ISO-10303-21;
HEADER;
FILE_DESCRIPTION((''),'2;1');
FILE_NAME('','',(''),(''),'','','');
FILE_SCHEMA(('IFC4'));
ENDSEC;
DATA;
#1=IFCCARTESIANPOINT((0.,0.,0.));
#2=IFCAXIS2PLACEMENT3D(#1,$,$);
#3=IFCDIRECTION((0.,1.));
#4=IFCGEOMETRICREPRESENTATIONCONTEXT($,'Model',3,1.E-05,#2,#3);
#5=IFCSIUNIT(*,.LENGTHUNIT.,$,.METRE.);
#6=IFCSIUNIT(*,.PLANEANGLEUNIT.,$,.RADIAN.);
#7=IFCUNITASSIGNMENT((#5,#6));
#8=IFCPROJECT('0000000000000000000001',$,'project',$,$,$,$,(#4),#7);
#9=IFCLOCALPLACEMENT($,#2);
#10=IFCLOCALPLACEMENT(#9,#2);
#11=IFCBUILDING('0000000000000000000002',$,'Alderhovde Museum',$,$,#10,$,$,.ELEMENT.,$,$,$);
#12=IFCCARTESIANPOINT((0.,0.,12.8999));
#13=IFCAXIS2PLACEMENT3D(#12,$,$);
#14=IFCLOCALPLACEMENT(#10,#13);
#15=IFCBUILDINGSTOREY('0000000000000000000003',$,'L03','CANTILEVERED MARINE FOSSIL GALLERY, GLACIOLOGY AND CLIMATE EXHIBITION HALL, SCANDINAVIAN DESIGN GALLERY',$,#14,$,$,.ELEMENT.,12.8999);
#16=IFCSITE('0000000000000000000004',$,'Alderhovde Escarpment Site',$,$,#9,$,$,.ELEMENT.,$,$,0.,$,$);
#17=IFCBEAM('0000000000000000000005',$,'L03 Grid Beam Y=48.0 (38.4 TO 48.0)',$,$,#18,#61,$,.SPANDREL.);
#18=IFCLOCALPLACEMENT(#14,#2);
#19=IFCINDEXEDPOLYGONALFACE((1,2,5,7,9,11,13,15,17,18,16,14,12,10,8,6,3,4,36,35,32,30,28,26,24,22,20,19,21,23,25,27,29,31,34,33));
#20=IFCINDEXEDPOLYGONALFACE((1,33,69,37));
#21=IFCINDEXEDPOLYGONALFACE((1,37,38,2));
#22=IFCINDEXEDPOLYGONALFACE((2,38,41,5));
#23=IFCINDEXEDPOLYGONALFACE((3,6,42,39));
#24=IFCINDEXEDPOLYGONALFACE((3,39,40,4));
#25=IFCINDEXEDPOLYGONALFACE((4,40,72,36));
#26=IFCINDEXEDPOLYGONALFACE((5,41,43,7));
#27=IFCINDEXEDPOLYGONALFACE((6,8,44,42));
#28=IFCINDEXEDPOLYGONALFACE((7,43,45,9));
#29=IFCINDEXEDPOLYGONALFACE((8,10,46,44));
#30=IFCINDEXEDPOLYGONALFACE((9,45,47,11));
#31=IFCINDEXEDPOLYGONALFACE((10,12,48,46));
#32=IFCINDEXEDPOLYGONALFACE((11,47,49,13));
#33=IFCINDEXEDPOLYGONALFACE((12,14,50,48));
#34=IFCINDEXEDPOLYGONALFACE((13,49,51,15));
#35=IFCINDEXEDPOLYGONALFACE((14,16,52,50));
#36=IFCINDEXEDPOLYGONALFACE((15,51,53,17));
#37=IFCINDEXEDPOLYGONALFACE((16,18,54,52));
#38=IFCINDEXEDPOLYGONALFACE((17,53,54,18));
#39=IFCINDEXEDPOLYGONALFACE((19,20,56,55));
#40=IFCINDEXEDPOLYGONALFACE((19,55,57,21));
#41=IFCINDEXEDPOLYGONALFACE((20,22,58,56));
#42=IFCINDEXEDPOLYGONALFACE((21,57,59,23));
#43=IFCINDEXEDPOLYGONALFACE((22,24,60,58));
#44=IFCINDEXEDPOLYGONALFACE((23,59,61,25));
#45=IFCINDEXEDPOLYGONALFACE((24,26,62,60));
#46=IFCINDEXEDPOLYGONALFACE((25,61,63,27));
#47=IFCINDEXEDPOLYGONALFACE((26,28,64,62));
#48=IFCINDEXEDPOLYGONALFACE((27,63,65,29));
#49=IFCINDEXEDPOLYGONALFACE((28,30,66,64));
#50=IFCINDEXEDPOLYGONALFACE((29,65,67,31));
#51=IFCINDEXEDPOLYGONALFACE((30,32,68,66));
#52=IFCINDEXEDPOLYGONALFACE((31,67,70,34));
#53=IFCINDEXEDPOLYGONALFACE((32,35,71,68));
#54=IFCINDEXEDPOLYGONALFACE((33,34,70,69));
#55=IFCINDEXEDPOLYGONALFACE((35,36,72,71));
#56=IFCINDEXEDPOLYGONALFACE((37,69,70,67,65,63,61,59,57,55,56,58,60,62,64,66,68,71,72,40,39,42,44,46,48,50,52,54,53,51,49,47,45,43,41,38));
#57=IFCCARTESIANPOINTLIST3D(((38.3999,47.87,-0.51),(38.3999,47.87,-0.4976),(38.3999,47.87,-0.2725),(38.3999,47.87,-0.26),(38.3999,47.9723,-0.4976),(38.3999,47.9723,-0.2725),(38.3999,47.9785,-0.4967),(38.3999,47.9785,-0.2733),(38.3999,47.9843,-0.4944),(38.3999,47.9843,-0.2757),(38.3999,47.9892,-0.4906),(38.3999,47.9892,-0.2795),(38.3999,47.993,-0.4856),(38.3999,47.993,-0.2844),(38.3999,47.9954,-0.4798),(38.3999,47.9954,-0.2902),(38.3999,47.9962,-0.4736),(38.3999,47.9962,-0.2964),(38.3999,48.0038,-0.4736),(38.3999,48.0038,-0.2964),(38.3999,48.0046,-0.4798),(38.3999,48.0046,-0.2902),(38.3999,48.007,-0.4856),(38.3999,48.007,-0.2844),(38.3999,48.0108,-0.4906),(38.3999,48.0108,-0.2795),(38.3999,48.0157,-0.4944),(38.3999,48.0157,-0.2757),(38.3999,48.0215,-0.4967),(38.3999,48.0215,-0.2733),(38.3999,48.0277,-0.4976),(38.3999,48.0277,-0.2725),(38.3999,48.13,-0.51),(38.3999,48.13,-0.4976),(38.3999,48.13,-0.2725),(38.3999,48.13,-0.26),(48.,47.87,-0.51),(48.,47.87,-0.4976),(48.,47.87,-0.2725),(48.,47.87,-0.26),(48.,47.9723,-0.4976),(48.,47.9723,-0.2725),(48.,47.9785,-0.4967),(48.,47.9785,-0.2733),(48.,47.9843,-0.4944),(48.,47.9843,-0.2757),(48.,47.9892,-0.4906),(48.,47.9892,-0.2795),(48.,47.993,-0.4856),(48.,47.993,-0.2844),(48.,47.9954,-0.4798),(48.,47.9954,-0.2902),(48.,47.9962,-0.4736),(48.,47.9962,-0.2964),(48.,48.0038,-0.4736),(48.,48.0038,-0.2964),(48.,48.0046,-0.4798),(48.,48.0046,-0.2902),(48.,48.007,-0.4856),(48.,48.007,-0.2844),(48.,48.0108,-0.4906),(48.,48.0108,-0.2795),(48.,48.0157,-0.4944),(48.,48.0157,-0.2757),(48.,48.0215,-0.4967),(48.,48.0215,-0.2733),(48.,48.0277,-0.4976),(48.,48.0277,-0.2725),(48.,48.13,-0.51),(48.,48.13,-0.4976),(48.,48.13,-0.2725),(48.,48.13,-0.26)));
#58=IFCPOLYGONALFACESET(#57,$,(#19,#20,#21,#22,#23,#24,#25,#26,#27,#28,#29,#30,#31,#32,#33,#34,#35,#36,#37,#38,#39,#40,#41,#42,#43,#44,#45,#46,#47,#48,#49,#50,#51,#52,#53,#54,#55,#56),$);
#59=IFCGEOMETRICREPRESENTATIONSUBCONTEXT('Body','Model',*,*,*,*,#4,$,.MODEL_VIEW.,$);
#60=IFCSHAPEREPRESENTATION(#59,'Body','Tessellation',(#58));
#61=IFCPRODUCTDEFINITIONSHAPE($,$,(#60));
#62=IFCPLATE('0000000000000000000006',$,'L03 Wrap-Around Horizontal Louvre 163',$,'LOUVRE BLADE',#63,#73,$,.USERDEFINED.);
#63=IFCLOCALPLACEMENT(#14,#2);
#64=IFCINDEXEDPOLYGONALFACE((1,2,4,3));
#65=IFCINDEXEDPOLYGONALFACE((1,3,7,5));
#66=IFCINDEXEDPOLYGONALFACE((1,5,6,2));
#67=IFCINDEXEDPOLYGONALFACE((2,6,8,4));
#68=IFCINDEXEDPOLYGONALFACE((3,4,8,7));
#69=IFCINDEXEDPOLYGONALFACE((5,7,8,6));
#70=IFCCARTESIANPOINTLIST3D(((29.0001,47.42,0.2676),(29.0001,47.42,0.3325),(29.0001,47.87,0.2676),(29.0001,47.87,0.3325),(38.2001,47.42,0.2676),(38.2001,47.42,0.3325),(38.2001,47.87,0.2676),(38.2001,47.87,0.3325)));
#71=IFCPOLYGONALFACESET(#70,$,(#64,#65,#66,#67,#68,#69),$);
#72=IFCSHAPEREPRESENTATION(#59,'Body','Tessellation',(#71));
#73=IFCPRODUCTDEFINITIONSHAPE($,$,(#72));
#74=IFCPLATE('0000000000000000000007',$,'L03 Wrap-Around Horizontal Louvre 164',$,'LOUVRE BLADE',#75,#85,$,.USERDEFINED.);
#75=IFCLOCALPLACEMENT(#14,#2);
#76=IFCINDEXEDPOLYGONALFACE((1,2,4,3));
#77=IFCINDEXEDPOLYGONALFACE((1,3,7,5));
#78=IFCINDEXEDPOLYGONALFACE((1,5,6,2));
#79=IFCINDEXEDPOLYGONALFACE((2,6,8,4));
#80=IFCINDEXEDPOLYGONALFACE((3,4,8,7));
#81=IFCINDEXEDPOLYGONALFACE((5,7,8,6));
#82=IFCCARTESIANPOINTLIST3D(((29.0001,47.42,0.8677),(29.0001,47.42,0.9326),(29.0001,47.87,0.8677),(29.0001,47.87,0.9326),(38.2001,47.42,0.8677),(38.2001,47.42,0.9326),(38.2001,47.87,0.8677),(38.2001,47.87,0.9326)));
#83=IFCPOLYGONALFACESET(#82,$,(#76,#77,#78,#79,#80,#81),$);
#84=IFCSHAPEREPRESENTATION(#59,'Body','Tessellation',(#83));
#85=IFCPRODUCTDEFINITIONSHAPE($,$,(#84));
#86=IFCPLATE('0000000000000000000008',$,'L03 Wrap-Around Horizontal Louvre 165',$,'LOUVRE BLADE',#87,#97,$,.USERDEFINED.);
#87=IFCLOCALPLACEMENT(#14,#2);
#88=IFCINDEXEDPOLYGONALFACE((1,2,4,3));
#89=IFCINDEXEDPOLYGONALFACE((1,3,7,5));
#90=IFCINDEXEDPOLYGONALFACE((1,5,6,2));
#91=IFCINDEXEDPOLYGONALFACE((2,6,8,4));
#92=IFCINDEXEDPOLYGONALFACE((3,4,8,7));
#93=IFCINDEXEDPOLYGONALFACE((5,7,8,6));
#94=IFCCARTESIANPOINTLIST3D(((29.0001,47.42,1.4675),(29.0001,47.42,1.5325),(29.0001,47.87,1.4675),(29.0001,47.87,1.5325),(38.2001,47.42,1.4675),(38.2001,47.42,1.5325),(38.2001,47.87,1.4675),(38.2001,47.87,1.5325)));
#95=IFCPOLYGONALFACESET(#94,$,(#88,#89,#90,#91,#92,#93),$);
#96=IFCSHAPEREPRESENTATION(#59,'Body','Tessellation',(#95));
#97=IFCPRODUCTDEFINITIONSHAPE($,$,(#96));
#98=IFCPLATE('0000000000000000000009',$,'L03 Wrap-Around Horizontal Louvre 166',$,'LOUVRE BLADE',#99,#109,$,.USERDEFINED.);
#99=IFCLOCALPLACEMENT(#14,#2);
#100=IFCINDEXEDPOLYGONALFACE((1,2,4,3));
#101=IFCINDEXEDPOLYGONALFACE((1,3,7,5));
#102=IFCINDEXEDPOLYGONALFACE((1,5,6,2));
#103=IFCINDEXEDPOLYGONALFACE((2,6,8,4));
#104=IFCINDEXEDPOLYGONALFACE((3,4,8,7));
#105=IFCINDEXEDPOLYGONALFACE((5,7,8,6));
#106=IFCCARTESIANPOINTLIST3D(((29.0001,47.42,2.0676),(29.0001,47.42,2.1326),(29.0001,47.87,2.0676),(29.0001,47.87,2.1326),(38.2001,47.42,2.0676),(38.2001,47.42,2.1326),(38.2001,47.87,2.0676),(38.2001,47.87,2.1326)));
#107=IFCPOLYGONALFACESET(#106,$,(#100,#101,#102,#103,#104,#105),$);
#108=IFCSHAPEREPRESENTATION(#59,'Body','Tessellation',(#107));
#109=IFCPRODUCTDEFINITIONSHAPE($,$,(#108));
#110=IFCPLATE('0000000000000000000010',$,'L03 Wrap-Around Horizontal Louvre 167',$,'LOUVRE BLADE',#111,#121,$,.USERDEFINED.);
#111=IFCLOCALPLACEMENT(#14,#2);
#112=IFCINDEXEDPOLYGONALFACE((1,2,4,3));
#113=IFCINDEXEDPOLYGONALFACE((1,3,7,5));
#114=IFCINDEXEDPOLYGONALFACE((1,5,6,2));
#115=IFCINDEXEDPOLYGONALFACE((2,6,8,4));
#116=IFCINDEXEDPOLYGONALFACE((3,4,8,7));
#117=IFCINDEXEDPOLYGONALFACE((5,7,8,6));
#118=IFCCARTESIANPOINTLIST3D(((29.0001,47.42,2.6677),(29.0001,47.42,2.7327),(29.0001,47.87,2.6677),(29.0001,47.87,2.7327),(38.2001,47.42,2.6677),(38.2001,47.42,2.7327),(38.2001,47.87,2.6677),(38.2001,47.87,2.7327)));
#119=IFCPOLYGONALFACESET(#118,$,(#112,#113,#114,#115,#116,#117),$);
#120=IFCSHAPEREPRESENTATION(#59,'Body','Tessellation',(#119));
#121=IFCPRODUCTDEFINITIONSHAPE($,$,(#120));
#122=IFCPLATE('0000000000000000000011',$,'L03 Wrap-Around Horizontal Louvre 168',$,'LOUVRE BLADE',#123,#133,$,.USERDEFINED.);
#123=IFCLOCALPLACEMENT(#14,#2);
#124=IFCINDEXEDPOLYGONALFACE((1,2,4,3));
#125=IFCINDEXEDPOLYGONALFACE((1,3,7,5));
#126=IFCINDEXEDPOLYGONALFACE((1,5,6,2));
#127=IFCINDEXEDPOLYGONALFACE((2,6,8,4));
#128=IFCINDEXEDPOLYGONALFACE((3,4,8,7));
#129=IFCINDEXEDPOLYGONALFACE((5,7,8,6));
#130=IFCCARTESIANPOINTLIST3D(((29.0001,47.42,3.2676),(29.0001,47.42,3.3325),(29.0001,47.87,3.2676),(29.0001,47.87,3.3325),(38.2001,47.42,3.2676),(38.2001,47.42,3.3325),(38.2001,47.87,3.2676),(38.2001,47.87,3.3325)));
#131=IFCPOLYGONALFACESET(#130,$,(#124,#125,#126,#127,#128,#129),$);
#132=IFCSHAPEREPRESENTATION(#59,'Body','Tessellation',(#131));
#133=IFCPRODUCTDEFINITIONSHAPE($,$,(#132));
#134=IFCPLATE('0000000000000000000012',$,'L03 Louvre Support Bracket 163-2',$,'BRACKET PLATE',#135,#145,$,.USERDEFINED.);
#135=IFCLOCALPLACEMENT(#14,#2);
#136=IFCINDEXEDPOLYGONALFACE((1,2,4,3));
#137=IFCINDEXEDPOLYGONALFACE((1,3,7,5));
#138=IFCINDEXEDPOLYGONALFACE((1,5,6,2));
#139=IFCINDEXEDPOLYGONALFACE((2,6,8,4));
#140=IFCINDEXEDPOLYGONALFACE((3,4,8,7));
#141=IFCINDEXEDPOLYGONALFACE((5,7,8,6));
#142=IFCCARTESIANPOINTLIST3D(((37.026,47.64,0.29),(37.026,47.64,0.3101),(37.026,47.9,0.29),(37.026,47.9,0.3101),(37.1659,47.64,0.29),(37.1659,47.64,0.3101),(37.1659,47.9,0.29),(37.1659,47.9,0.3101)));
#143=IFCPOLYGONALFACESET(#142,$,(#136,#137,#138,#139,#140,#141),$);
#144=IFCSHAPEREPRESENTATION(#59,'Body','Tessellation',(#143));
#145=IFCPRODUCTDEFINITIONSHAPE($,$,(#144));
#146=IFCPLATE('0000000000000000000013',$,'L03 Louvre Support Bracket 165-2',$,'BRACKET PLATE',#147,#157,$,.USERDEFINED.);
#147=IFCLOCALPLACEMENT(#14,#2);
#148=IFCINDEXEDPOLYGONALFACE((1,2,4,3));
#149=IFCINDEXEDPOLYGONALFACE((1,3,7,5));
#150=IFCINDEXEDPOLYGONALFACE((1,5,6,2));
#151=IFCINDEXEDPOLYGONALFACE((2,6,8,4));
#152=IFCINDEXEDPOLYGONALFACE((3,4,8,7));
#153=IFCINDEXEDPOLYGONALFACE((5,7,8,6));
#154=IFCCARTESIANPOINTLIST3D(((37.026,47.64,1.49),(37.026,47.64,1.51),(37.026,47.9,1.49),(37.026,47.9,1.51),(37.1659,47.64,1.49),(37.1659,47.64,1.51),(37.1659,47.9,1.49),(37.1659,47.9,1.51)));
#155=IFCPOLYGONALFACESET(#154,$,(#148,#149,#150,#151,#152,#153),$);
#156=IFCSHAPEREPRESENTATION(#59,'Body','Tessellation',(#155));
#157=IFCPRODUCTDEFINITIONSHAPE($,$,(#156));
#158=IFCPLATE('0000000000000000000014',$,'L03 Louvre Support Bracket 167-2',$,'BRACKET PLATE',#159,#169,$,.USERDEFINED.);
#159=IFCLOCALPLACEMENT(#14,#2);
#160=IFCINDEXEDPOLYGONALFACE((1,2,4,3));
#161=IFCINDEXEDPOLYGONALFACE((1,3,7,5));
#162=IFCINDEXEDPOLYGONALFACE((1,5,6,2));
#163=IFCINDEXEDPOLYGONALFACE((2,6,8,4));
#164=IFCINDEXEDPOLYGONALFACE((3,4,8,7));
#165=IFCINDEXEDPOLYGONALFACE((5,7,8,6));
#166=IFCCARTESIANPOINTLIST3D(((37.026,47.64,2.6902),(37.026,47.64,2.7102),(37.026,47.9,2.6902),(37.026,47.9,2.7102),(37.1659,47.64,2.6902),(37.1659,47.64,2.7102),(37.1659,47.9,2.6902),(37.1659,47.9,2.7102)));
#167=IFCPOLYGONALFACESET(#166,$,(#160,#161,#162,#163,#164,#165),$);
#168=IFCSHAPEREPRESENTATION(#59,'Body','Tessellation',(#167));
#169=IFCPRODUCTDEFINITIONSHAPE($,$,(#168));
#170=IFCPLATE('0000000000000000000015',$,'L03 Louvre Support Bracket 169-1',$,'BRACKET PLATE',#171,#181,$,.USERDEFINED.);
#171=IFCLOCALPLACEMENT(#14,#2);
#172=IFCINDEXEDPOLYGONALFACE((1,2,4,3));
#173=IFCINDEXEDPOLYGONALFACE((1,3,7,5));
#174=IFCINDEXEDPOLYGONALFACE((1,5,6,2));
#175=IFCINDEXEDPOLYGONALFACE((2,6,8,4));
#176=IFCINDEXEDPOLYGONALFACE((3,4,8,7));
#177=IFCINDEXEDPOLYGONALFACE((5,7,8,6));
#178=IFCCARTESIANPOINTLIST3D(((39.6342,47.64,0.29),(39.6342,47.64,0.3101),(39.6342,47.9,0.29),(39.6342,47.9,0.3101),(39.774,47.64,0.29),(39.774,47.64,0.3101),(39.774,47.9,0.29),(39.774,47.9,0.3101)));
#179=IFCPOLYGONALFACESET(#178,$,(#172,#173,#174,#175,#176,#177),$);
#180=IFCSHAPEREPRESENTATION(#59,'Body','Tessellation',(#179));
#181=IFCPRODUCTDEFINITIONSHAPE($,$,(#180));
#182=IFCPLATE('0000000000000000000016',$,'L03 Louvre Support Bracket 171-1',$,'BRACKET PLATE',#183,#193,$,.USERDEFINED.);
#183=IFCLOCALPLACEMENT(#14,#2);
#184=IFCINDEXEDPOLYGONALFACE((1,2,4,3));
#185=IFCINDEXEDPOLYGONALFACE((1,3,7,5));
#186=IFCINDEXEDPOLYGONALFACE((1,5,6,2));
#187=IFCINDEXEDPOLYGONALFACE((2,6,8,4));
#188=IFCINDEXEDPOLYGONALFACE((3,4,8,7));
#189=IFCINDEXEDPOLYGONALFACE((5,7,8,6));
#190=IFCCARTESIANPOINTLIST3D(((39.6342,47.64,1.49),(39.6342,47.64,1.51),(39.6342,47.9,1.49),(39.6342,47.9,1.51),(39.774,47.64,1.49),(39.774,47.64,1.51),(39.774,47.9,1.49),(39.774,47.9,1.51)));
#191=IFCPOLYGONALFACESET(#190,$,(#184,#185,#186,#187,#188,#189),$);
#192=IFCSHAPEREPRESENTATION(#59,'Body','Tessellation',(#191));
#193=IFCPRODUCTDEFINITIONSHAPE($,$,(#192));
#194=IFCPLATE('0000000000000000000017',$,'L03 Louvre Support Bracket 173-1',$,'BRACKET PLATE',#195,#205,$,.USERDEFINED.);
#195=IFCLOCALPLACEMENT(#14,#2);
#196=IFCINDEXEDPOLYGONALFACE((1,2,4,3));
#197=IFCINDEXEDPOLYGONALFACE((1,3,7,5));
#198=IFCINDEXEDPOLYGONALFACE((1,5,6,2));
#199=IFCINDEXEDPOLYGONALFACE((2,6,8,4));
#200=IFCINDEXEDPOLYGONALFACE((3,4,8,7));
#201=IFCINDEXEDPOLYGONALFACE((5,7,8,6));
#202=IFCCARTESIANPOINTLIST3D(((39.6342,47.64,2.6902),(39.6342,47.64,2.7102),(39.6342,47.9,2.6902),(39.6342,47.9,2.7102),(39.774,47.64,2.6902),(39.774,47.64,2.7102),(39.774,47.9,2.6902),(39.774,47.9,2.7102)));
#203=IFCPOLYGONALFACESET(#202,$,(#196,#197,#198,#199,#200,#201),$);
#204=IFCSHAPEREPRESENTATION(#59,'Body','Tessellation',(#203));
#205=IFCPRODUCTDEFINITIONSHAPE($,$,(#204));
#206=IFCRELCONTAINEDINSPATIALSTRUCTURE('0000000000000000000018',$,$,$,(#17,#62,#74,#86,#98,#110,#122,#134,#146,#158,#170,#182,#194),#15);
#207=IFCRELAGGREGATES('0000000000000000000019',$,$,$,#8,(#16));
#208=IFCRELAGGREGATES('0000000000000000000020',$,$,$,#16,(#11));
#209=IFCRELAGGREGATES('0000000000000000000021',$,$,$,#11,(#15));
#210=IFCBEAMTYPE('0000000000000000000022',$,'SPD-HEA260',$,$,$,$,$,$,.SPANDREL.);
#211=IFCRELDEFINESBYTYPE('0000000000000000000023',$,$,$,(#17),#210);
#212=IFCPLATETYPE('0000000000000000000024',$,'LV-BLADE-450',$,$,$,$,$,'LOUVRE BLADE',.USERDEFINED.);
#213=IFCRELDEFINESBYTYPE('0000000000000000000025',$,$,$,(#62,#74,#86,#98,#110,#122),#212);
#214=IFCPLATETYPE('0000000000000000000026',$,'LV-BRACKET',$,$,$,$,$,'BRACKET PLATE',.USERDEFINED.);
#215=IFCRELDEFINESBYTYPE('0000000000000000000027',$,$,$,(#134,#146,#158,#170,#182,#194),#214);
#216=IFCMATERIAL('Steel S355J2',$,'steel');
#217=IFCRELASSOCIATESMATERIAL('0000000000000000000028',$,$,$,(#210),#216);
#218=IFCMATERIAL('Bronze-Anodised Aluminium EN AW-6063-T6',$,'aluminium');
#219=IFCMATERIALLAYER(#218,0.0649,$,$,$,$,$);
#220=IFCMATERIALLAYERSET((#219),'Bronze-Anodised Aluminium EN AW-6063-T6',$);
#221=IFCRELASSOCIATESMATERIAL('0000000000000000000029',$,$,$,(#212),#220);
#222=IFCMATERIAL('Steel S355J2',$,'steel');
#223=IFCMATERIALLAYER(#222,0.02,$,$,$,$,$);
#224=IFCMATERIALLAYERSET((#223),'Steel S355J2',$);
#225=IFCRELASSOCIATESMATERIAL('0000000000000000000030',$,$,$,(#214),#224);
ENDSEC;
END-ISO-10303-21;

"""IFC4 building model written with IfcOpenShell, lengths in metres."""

from ifc_helpers import new_model, si_unit, direction, frame, origin, origin_2d, place, context, subcontext, project, spatial, rectangle, i_section, extrude, material, layer, layer_set, material_profile, profile_set, type_object, element, save


model = new_model("IFC4")

# Units and contexts
model_context = context("Model", 3, precision=1e-05, world=origin(), true_north=direction((0.0, 1.0)))
body_context = subcontext(model_context, "Body", "Model", "MODEL_VIEW")
ifc_project = project(units=[si_unit("LENGTHUNIT", "METRE"), si_unit("PLANEANGLEUNIT", "RADIAN")], contexts=[model_context])

# Site, building, storey
site_placement = place(None, origin())
site = spatial("IfcSite", under=ifc_project, at=site_placement, Name="Alderhovde Escarpment Site", CompositionType="ELEMENT", RefElevation=0.0)
building_placement = place(site_placement, origin())
building = spatial("IfcBuilding", under=site, at=building_placement, Name="Alderhovde Museum", CompositionType="ELEMENT")
storey_placement = place(building_placement, frame((0.0, 0.0, 12.8999)))
storey = spatial("IfcBuildingStorey", under=building, at=storey_placement, Name="L03", Description="CANTILEVERED MARINE FOSSIL GALLERY, GLACIOLOGY AND CLIMATE EXHIBITION HALL, SCANDINAVIAN DESIGN GALLERY", CompositionType="ELEMENT", Elevation=12.8999)

# Beam
ifc_material_1 = material(Name="Steel S355J2", Category="steel")
ifc_material_profile_1 = material_profile(ifc_material_1, i_section(OverallWidth=0.26, OverallDepth=0.25, WebThickness=0.0076, FlangeThickness=0.0125, FilletRadius=0.0239, at=origin_2d()), Name="HEA 260")
ifc_profile_set_1 = profile_set([ifc_material_profile_1], Name="Steel S355J2")
beam_type_1 = type_object("IfcBeamType", Name="SPD-HEA260", PredefinedType="SPANDREL", material=ifc_profile_set_1)
beam_1_placement = place(storey_placement, frame((38.3999, 48.0, -0.385), z_axis=(1.0, 0.0, 0.0), x_axis=(0.0, 1.0, 0.0)))
element("IfcBeam", 1, at=beam_1_placement, inside=storey, type_object=beam_type_1, Name="L03 Grid Beam Y=48.0 (38.4 TO 48.0)", PredefinedType="SPANDREL", context=body_context, shape_type="SweptSolid", body=[
    extrude(i_section(OverallWidth=0.26, OverallDepth=0.25, WebThickness=0.0076, FlangeThickness=0.0125, FilletRadius=0.0239, at=origin_2d()), origin(), (0.0, 0.0, 1.0), 9.6001),
])

# Plates
ifc_material_2 = material(Name="Bronze-Anodised Aluminium EN AW-6063-T6", Category="aluminium")
ifc_layer_1 = layer(ifc_material_2, 0.0649)
ifc_layer_set_1 = layer_set([ifc_layer_1], Name="Bronze-Anodised Aluminium EN AW-6063-T6")
plate_type_1 = type_object("IfcPlateType", Name="LV-BLADE-450", ElementType="LOUVRE BLADE", PredefinedType="USERDEFINED", material=ifc_layer_set_1)
for number, where, z_axis, x_axis, name in (
    (2, (33.6001, 47.645, 0.2676), (0.0, 0.0, 1.0), (1.0, 0.0, 0.0), "L03 Wrap-Around Horizontal Louvre 163"),
    (3, (33.6001, 47.645, 0.8677), (0.0, 0.0, 1.0), (1.0, 0.0, 0.0), "L03 Wrap-Around Horizontal Louvre 164"),
    (4, (33.6001, 47.645, 1.4675), (0.0, 0.0, 1.0), (1.0, 0.0, 0.0), "L03 Wrap-Around Horizontal Louvre 165"),
    (5, (33.6001, 47.645, 2.0676), (0.0, 0.0, 1.0), (1.0, 0.0, 0.0), "L03 Wrap-Around Horizontal Louvre 166"),
    (6, (33.6001, 47.645, 2.6677), (0.0, 0.0, 1.0), (1.0, 0.0, 0.0), "L03 Wrap-Around Horizontal Louvre 167"),
    (7, (33.6001, 47.645, 3.2676), (0.0, 0.0, 1.0), (1.0, 0.0, 0.0), "L03 Wrap-Around Horizontal Louvre 168"),
):
    element("IfcPlate", number, at=place(storey_placement, frame(where, z_axis=z_axis, x_axis=x_axis)), inside=storey, type_object=plate_type_1, Name=name, ObjectType="LOUVRE BLADE", PredefinedType="USERDEFINED", context=body_context, shape_type="SweptSolid", body=[
        extrude(rectangle(XDim=9.2, YDim=0.45, at=origin_2d()), origin(), (0.0, 0.0, 1.0), 0.0649),
    ])
ifc_material_3 = material(Name="Steel S355J2", Category="steel")
ifc_layer_2 = layer(ifc_material_3, 0.02)
ifc_layer_set_2 = layer_set([ifc_layer_2], Name="Steel S355J2")
plate_type_2 = type_object("IfcPlateType", Name="LV-BRACKET", ElementType="BRACKET PLATE", PredefinedType="USERDEFINED", material=ifc_layer_set_2)
for number, where, z_axis, x_axis, name in (
    (8, (37.0959, 47.77, 0.29), (0.0, 0.0, 1.0), (1.0, 0.0, 0.0), "L03 Louvre Support Bracket 163-2"),
    (9, (37.0959, 47.77, 1.49), (0.0, 0.0, 1.0), (1.0, 0.0, 0.0), "L03 Louvre Support Bracket 165-2"),
    (10, (37.0959, 47.77, 2.6902), (0.0, 0.0, 1.0), (1.0, 0.0, 0.0), "L03 Louvre Support Bracket 167-2"),
    (11, (39.7041, 47.77, 0.29), (0.0, 0.0, 1.0), (1.0, 0.0, 0.0), "L03 Louvre Support Bracket 169-1"),
    (12, (39.7041, 47.77, 1.49), (0.0, 0.0, 1.0), (1.0, 0.0, 0.0), "L03 Louvre Support Bracket 171-1"),
    (13, (39.7041, 47.77, 2.6902), (0.0, 0.0, 1.0), (1.0, 0.0, 0.0), "L03 Louvre Support Bracket 173-1"),
):
    element("IfcPlate", number, at=place(storey_placement, frame(where, z_axis=z_axis, x_axis=x_axis)), inside=storey, type_object=plate_type_2, Name=name, ObjectType="BRACKET PLATE", PredefinedType="USERDEFINED", context=body_context, shape_type="SweptSolid", body=[
        extrude(rectangle(XDim=0.1399, YDim=0.26, at=origin_2d()), origin(), (0.0, 0.0, 1.0), 0.02),
    ])

save(model, "model.ifc")
